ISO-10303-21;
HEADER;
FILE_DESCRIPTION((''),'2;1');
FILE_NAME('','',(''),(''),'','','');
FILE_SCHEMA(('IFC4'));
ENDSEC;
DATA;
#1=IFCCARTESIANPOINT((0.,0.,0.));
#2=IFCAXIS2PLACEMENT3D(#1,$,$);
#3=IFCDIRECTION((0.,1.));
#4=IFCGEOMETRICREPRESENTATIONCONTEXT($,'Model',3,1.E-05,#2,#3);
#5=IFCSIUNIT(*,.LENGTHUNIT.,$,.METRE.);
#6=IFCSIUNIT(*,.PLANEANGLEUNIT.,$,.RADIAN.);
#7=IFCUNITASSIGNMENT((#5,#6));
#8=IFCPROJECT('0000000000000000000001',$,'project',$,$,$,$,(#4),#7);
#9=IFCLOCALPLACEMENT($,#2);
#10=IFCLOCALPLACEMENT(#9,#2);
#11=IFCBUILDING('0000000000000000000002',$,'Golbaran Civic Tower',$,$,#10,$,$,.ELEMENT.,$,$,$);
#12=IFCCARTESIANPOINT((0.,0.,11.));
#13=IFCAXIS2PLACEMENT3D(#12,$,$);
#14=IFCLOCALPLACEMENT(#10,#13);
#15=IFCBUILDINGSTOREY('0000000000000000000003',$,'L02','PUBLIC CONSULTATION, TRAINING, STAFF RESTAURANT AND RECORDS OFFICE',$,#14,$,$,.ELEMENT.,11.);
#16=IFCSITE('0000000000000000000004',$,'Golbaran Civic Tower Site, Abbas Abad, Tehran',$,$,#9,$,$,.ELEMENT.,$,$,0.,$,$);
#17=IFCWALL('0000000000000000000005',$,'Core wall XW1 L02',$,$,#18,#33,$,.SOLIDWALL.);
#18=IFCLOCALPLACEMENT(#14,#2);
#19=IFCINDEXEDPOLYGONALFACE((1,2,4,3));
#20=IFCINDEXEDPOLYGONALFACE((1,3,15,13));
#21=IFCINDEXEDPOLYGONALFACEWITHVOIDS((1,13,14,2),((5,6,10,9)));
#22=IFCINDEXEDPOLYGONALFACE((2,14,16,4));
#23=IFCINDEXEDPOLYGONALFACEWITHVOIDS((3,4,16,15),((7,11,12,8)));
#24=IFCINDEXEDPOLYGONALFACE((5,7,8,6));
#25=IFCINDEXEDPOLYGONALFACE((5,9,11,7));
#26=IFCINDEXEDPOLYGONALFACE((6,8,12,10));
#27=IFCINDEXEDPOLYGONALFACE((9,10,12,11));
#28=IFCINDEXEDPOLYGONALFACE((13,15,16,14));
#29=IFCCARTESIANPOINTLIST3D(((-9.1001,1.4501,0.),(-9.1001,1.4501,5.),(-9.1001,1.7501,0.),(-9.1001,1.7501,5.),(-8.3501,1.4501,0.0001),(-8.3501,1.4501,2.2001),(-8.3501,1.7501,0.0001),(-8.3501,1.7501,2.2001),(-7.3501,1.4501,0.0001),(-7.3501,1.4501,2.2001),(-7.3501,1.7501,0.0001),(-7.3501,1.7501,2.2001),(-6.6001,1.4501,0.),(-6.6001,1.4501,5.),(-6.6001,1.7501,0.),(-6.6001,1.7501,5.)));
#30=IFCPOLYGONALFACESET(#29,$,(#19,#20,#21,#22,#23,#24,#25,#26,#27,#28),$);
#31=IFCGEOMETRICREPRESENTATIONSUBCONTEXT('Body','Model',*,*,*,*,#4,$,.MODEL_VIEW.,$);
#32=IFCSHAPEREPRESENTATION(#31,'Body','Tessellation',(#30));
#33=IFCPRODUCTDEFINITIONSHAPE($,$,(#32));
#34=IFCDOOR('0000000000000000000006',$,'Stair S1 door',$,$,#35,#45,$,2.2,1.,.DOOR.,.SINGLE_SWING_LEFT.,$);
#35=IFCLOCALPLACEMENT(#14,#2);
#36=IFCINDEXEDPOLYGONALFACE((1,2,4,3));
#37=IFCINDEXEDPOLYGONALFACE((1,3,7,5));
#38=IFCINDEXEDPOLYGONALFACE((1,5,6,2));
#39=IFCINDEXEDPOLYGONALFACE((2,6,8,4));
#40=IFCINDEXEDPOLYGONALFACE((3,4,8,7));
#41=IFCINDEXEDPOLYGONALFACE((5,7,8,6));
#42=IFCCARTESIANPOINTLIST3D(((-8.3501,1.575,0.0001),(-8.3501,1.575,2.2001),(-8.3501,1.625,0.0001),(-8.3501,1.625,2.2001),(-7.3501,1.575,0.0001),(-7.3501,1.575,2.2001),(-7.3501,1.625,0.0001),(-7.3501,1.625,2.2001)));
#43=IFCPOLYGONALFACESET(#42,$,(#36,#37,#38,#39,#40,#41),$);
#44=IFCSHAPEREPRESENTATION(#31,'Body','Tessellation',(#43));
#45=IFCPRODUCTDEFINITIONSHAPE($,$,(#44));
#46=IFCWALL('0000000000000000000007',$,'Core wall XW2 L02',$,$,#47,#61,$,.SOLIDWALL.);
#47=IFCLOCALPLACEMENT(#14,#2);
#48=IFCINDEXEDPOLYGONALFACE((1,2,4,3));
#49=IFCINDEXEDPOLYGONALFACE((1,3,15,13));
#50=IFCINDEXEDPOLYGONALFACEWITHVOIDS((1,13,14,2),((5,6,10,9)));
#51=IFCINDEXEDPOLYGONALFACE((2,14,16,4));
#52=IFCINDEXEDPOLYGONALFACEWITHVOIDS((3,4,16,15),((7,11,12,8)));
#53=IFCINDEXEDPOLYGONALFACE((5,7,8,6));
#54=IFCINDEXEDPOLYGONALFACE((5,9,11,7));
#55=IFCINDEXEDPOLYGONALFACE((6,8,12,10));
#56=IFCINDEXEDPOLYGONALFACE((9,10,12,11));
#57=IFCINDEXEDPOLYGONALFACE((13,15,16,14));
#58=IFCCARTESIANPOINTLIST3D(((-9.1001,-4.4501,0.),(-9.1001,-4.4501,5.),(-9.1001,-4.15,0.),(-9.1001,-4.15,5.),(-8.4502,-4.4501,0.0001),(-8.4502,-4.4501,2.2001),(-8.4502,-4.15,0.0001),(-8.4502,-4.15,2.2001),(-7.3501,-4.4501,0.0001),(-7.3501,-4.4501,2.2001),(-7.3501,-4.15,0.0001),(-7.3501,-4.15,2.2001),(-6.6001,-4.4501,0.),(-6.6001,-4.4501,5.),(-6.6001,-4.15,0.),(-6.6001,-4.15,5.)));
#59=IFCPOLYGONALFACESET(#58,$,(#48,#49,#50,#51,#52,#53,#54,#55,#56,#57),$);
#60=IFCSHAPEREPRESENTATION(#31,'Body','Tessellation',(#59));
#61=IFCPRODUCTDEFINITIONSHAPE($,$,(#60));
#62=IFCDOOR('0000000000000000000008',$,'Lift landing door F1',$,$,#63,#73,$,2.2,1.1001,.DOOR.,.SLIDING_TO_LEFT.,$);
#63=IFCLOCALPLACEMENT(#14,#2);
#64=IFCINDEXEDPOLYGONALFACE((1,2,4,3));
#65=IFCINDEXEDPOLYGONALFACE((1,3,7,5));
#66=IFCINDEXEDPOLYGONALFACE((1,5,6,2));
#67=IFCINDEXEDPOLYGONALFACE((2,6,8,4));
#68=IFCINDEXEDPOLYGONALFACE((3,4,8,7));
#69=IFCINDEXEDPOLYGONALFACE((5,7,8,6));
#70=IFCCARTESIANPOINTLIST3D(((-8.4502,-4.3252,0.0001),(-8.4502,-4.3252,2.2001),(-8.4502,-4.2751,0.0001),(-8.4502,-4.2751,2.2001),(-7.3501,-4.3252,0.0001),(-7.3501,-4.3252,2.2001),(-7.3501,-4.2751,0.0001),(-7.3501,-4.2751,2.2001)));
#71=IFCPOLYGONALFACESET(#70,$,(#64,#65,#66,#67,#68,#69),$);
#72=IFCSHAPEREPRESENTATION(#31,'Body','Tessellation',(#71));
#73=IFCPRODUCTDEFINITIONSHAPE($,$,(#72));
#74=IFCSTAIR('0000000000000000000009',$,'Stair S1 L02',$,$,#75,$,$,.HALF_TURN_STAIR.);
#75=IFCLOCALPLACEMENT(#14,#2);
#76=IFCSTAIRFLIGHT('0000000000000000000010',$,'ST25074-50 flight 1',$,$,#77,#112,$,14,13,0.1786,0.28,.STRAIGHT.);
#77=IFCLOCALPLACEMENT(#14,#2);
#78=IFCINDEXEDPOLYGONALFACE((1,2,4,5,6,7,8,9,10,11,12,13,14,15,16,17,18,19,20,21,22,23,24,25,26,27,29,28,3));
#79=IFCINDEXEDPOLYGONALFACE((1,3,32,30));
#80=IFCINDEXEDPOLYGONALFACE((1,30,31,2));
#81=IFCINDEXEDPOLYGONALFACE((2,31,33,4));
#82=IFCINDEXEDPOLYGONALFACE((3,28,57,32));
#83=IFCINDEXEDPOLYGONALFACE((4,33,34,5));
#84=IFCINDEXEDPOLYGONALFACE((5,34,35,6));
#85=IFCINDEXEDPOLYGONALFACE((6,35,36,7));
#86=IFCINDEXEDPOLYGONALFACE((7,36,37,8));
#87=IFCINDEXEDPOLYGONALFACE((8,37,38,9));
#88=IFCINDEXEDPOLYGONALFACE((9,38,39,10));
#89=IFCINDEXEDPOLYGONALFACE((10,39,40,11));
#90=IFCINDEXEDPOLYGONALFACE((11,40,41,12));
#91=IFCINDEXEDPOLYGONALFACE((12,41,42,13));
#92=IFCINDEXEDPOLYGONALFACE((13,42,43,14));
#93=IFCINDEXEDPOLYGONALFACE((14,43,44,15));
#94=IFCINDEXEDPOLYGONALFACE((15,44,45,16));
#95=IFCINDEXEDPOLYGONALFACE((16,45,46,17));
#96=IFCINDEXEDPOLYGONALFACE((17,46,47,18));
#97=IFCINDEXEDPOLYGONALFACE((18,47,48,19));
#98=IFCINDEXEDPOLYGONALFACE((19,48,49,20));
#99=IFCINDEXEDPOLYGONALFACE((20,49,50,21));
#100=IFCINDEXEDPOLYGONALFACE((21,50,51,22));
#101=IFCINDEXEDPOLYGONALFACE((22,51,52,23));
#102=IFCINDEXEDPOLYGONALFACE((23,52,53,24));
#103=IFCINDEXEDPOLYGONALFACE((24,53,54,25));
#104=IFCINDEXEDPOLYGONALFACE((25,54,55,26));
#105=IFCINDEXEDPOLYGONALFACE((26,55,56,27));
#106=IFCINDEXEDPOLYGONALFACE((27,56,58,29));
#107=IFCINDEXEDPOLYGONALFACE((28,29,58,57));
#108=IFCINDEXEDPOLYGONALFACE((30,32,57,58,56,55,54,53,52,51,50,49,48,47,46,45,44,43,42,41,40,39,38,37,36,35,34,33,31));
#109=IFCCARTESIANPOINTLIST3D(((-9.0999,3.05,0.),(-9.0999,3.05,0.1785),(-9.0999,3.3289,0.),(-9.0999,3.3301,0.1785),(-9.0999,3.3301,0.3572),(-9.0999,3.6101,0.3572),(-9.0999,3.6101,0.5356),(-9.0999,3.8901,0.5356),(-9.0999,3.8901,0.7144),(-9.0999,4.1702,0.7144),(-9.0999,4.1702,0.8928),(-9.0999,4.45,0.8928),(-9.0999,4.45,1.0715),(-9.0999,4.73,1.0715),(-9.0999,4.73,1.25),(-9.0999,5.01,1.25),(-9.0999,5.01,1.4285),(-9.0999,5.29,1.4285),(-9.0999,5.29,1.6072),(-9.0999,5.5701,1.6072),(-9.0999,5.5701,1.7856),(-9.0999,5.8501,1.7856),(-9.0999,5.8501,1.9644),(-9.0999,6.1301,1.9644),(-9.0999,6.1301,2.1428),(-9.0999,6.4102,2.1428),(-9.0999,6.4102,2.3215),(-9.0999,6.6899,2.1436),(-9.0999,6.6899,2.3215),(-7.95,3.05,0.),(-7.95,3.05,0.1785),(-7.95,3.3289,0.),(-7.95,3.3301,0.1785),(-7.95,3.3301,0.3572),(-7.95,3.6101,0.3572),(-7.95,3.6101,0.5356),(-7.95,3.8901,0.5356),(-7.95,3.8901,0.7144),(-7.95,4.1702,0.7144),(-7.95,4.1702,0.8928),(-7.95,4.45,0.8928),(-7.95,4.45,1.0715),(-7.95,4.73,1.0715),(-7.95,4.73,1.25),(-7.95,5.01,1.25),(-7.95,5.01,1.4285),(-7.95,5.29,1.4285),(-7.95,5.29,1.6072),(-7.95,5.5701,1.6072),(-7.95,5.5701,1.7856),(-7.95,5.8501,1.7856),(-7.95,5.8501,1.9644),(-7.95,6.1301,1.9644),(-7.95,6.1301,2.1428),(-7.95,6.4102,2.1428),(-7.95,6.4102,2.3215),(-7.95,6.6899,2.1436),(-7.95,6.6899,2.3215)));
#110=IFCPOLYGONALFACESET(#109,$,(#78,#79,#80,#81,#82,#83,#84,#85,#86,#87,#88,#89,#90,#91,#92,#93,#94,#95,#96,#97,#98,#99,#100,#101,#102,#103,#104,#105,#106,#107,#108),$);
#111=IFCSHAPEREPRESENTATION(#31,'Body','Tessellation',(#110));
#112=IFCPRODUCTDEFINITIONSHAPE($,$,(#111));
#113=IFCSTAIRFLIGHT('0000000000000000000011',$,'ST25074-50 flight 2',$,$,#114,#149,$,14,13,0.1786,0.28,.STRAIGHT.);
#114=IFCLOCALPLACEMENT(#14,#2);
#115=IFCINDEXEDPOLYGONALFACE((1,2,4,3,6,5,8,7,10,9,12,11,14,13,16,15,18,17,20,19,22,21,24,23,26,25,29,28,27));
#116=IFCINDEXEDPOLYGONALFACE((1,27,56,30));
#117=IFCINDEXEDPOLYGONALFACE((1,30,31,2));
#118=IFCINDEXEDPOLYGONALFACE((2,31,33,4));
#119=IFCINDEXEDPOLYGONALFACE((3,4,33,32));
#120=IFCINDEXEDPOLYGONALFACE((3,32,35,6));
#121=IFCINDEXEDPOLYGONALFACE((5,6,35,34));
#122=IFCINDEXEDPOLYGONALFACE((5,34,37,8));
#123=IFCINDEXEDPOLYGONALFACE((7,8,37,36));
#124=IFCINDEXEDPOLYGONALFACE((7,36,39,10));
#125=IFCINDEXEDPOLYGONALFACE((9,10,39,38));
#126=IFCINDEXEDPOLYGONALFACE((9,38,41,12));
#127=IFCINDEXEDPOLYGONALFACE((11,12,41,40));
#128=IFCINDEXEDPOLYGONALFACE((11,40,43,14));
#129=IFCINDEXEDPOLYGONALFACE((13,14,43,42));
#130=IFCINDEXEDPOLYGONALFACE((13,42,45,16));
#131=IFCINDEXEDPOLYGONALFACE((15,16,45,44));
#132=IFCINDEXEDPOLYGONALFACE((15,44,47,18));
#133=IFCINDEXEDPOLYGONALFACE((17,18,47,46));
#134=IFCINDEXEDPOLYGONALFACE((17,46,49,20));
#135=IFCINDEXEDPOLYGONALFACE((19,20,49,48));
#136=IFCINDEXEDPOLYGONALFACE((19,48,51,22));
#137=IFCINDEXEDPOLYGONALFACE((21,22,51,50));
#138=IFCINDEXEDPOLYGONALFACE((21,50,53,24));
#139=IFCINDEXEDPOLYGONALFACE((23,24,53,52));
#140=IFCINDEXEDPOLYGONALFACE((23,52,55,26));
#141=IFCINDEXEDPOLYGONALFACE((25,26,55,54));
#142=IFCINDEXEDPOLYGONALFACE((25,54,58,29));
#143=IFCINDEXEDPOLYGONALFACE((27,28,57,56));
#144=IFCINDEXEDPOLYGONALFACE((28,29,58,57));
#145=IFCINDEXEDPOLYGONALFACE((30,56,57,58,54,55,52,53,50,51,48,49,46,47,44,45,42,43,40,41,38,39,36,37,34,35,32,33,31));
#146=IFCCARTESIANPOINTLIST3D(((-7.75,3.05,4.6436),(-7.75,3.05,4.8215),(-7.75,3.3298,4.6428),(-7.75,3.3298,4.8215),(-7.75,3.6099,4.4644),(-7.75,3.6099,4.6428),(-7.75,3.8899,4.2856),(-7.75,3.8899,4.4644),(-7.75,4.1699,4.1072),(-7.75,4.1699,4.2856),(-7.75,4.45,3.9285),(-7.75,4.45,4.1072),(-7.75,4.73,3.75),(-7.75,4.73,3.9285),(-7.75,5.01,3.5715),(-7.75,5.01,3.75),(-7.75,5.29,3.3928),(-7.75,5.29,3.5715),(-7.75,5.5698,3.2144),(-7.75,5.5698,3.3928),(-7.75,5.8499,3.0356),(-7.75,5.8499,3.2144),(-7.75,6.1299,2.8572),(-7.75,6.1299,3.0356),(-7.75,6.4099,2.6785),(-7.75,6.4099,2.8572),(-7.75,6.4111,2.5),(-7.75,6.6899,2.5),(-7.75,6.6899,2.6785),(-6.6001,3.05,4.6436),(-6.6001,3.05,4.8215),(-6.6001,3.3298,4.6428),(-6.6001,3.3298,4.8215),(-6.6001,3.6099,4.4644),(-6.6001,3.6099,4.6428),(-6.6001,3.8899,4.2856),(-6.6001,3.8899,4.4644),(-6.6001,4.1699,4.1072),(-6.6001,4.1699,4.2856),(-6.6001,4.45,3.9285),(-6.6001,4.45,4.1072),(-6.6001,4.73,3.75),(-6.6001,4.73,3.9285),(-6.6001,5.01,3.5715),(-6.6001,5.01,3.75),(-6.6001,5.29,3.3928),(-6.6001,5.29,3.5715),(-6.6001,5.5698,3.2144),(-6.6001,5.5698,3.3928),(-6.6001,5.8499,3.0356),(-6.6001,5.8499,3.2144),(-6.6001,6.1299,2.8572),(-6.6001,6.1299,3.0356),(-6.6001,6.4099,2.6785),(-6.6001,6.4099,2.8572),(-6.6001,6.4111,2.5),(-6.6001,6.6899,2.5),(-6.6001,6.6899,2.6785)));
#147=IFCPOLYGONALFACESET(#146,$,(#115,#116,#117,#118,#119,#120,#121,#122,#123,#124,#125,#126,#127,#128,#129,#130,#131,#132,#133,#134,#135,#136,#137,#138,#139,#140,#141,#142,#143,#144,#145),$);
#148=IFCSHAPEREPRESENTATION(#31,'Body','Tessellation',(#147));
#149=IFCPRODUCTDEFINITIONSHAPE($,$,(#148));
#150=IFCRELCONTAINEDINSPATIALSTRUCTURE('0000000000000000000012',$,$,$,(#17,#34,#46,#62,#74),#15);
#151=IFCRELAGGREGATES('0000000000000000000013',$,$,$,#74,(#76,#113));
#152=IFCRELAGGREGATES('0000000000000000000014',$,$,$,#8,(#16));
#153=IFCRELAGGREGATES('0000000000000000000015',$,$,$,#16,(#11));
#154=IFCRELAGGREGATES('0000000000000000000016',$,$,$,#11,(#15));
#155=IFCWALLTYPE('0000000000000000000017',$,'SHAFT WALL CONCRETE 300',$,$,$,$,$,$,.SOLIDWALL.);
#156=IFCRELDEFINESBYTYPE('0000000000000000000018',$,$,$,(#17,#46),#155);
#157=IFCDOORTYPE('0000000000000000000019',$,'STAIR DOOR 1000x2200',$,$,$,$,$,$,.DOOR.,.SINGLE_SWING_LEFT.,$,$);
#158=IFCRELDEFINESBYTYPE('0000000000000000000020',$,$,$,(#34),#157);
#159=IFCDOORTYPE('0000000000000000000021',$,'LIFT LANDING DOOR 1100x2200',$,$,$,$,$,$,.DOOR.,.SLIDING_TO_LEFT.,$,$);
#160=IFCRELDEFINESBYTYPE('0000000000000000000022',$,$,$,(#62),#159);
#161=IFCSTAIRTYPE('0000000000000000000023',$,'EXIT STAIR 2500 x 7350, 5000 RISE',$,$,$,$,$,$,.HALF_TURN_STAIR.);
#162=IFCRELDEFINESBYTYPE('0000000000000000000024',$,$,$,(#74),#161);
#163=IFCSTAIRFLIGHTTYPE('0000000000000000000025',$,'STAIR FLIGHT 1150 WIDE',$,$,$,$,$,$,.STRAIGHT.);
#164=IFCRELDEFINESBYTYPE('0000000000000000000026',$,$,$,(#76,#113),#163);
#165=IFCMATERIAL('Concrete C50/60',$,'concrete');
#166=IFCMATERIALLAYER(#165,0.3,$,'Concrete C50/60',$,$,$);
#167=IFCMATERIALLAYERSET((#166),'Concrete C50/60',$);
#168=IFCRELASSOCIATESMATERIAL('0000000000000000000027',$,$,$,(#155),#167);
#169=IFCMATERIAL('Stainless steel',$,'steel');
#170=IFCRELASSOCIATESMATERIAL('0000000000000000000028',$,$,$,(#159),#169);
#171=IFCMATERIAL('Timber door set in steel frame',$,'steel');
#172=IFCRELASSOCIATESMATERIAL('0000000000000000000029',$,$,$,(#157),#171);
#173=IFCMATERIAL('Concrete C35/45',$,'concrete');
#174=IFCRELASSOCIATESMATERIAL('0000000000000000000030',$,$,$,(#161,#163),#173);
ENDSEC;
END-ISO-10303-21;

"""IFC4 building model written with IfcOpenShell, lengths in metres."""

from ifc_helpers import new_model, si_unit, direction, frame, frame_2d, origin, place, context, subcontext, project, spatial, polyline, rectangle, outline, extrude, material, layer, layer_set, type_object, element, fill, aggregate, save


model = new_model("IFC4")

# Units and contexts
model_context = context("Model", 3, precision=1e-05, world=origin(), true_north=direction((0.0, 1.0)))
body_context = subcontext(model_context, "Body", "Model", "MODEL_VIEW")
ifc_project = project(units=[si_unit("LENGTHUNIT", "METRE"), si_unit("PLANEANGLEUNIT", "RADIAN")], contexts=[model_context])

# Site, building, storey
site_placement = place(None, origin())
site = spatial("IfcSite", under=ifc_project, at=site_placement, Name="Golbaran Civic Tower Site, Abbas Abad, Tehran", CompositionType="ELEMENT", RefElevation=0.0)
building_placement = place(site_placement, origin())
building = spatial("IfcBuilding", under=site, at=building_placement, Name="Golbaran Civic Tower", CompositionType="ELEMENT")
storey_placement = place(building_placement, frame((0.0, 0.0, 11.0)))
storey = spatial("IfcBuildingStorey", under=building, at=storey_placement, Name="L02", Description="PUBLIC CONSULTATION, TRAINING, STAFF RESTAURANT AND RECORDS OFFICE", CompositionType="ELEMENT", Elevation=11.0)

# Shared definitions
ifc_material_1 = material(Name="Concrete C50/60", Category="concrete")

# Shared definitions
ifc_layer_1 = layer(ifc_material_1, 0.3, Name="Concrete C50/60")
ifc_layer_set_1 = layer_set([ifc_layer_1], Name="Concrete C50/60")
wall_type_1 = type_object("IfcWallType", Name="SHAFT WALL CONCRETE 300", PredefinedType="SOLIDWALL", material=ifc_layer_set_1)
ifc_material_2 = material(Name="Stainless steel", Category="steel")
door_type_1 = type_object("IfcDoorType", Name="LIFT LANDING DOOR 1100x2200", OperationType="SLIDING_TO_LEFT", PredefinedType="DOOR", material=ifc_material_2)

# Shared definitions
ifc_material_3 = material(Name="Timber door set in steel frame", Category="steel")

# Walls, openings, doors
wall_1_placement = place(storey_placement, frame((-9.1001, 1.6001, 0.0), z_axis=(0.0, 0.0, 1.0), x_axis=(1.0, 0.0, 0.0)))
wall_1 = element("IfcWall", 1, at=wall_1_placement, inside=storey, type_object=wall_type_1, Name="Core wall XW1 L02", PredefinedType="SOLIDWALL", context=body_context, shape_type="SweptSolid", body=[
    extrude(rectangle(XDim=2.5, YDim=0.3, at=frame_2d((1.25, 0.0))), origin(), (0.0, 0.0, 1.0), 5.0),
])
opening_1_placement = place(wall_1_placement, frame((0.75, 0.0, 0.0)))
opening_1 = element("IfcOpeningElement", 2, at=opening_1_placement, cuts=wall_1, PredefinedType="OPENING", context=body_context, shape_type="SweptSolid", body=[
    extrude(rectangle(XDim=1.0, YDim=2.2, at=frame_2d((0.5, 1.1001))), frame((0.0, 0.1599, 0.0), z_axis=(0.0, -1.0, 0.0), x_axis=(1.0, 0.0, 0.0)), (0.0, 0.0, 1.0), 0.3201),
])
door_type_2 = type_object("IfcDoorType", Name="STAIR DOOR 1000x2200", OperationType="SINGLE_SWING_LEFT", PredefinedType="DOOR", material=ifc_material_3)
door_1_placement = place(opening_1_placement, origin())
door_1 = element("IfcDoor", 3, at=door_1_placement, inside=storey, type_object=door_type_2, Name="Stair S1 door", OperationType="SINGLE_SWING_LEFT", OverallHeight=2.2, OverallWidth=1.0, PredefinedType="DOOR", context=body_context, shape_type="SweptSolid", body=[
    extrude(rectangle(XDim=1.0, YDim=2.2, at=frame_2d((0.5, 1.1001))), frame((0.0, 0.0249, 0.0), z_axis=(0.0, -1.0, 0.0), x_axis=(1.0, 0.0, 0.0)), (0.0, 0.0, 1.0), 0.05),
])
fill(opening_1, door_1)
wall_2_placement = place(storey_placement, frame((-9.1001, -4.3, 0.0), z_axis=(0.0, 0.0, 1.0), x_axis=(1.0, 0.0, 0.0)))
wall_2 = element("IfcWall", 4, at=wall_2_placement, inside=storey, type_object=wall_type_1, Name="Core wall XW2 L02", PredefinedType="SOLIDWALL", context=body_context, shape_type="SweptSolid", body=[
    extrude(rectangle(XDim=2.5, YDim=0.3, at=frame_2d((1.25, 0.0))), origin(), (0.0, 0.0, 1.0), 5.0),
])
opening_2_placement = place(wall_2_placement, frame((0.6499, 0.0, 0.0)))
opening_2 = element("IfcOpeningElement", 5, at=opening_2_placement, cuts=wall_2, PredefinedType="OPENING", context=body_context, shape_type="SweptSolid", body=[
    extrude(rectangle(XDim=1.1001, YDim=2.2, at=frame_2d((0.55, 1.1001))), frame((0.0, 0.1599, 0.0), z_axis=(0.0, -1.0, 0.0), x_axis=(1.0, 0.0, 0.0)), (0.0, 0.0, 1.0), 0.3201),
])
door_2_placement = place(opening_2_placement, origin())
door_2 = element("IfcDoor", 6, at=door_2_placement, inside=storey, type_object=door_type_1, Name="Lift landing door F1", OperationType="SLIDING_TO_LEFT", OverallHeight=2.2, OverallWidth=1.1001, PredefinedType="DOOR", context=body_context, shape_type="SweptSolid", body=[
    extrude(rectangle(XDim=1.1001, YDim=2.2, at=frame_2d((0.55, 1.1001))), frame((0.0, 0.0249, 0.0), z_axis=(0.0, -1.0, 0.0), x_axis=(1.0, 0.0, 0.0)), (0.0, 0.0, 1.0), 0.05),
])
fill(opening_2, door_2)

# Stair, stair flights
ifc_material_4 = material(Name="Concrete C35/45", Category="concrete")
stair_type_1 = type_object("IfcStairType", Name="EXIT STAIR 2500 x 7350, 5000 RISE", PredefinedType="HALF_TURN_STAIR", material=ifc_material_4)
stair_1_placement = place(storey_placement, origin())
stair_1 = element("IfcStair", 7, at=stair_1_placement, inside=storey, type_object=stair_type_1, Name="Stair S1 L02", PredefinedType="HALF_TURN_STAIR")
stair_flight_type_1 = type_object("IfcStairFlightType", Name="STAIR FLIGHT 1150 WIDE", PredefinedType="STRAIGHT", material=ifc_material_4)
stair_flight_1_placement = place(storey_placement, frame((-8.5249, 3.05, 0.0), z_axis=(0.0, 0.0, 1.0), x_axis=(0.0, 1.0, 0.0)))
stair_flight_1 = element("IfcStairFlight", 8, at=stair_flight_1_placement, type_object=stair_flight_type_1, Name="ST25074-50 flight 1", NumberOfRisers=14, NumberOfTreads=13, PredefinedType="STRAIGHT", RiserHeight=0.1786, TreadLength=0.28, context=body_context, shape_type="SweptSolid", body=[
    extrude(outline(polyline([(0.0, 0.0), (0.0, 0.1785), (0.28, 0.1785), (0.28, 0.3572), (0.5601, 0.3572), (0.5601, 0.5356), (0.8401, 0.5356), (0.8401, 0.7144), (1.1201, 0.7144), (1.1201, 0.8928), (1.3999, 0.8928), (1.3999, 1.0715), (1.6799, 1.0715), (1.6799, 1.25), (1.96, 1.25), (1.96, 1.4285), (2.24, 1.4285), (2.24, 1.6072), (2.52, 1.6072), (2.52, 1.7856), (2.8, 1.7856), (2.8, 1.9644), (3.0801, 1.9644), (3.0801, 2.1428), (3.3601, 2.1428), (3.3601, 2.3215), (3.6399, 2.3215), (3.6399, 2.5), (3.6399, 2.1436), (0.2788, 0.0), (0.0, 0.0)])), frame((0.0, 0.575, 0.0), z_axis=(0.0, -1.0, 0.0), x_axis=(1.0, 0.0, 0.0)), (0.0, 0.0, 1.0), 1.1499),
])
stair_flight_2_placement = place(storey_placement, frame((-7.175, 6.6899, 2.5), z_axis=(0.0, 0.0, 1.0), x_axis=(0.0, -1.0, 0.0)))
stair_flight_2 = element("IfcStairFlight", 9, at=stair_flight_2_placement, type_object=stair_flight_type_1, Name="ST25074-50 flight 2", NumberOfRisers=14, NumberOfTreads=13, PredefinedType="STRAIGHT", RiserHeight=0.1786, TreadLength=0.28, context=body_context, shape_type="SweptSolid", body=[
    extrude(outline(polyline([(0.0, 0.0), (0.0, 0.1785), (0.28, 0.1785), (0.28, 0.3572), (0.5601, 0.3572), (0.5601, 0.5356), (0.8401, 0.5356), (0.8401, 0.7144), (1.1201, 0.7144), (1.1201, 0.8928), (1.3999, 0.8928), (1.3999, 1.0715), (1.6799, 1.0715), (1.6799, 1.25), (1.96, 1.25), (1.96, 1.4285), (2.24, 1.4285), (2.24, 1.6072), (2.52, 1.6072), (2.52, 1.7856), (2.8, 1.7856), (2.8, 1.9644), (3.0801, 1.9644), (3.0801, 2.1428), (3.3601, 2.1428), (3.3601, 2.3215), (3.6399, 2.3215), (3.6399, 2.5), (3.6399, 2.1436), (0.2788, 0.0), (0.0, 0.0)])), frame((0.0, 0.575, 0.0), z_axis=(0.0, -1.0, 0.0), x_axis=(1.0, 0.0, 0.0)), (0.0, 0.0, 1.0), 1.1499),
])
aggregate(stair_1, [stair_flight_1, stair_flight_2])

save(model, "model.ifc")
